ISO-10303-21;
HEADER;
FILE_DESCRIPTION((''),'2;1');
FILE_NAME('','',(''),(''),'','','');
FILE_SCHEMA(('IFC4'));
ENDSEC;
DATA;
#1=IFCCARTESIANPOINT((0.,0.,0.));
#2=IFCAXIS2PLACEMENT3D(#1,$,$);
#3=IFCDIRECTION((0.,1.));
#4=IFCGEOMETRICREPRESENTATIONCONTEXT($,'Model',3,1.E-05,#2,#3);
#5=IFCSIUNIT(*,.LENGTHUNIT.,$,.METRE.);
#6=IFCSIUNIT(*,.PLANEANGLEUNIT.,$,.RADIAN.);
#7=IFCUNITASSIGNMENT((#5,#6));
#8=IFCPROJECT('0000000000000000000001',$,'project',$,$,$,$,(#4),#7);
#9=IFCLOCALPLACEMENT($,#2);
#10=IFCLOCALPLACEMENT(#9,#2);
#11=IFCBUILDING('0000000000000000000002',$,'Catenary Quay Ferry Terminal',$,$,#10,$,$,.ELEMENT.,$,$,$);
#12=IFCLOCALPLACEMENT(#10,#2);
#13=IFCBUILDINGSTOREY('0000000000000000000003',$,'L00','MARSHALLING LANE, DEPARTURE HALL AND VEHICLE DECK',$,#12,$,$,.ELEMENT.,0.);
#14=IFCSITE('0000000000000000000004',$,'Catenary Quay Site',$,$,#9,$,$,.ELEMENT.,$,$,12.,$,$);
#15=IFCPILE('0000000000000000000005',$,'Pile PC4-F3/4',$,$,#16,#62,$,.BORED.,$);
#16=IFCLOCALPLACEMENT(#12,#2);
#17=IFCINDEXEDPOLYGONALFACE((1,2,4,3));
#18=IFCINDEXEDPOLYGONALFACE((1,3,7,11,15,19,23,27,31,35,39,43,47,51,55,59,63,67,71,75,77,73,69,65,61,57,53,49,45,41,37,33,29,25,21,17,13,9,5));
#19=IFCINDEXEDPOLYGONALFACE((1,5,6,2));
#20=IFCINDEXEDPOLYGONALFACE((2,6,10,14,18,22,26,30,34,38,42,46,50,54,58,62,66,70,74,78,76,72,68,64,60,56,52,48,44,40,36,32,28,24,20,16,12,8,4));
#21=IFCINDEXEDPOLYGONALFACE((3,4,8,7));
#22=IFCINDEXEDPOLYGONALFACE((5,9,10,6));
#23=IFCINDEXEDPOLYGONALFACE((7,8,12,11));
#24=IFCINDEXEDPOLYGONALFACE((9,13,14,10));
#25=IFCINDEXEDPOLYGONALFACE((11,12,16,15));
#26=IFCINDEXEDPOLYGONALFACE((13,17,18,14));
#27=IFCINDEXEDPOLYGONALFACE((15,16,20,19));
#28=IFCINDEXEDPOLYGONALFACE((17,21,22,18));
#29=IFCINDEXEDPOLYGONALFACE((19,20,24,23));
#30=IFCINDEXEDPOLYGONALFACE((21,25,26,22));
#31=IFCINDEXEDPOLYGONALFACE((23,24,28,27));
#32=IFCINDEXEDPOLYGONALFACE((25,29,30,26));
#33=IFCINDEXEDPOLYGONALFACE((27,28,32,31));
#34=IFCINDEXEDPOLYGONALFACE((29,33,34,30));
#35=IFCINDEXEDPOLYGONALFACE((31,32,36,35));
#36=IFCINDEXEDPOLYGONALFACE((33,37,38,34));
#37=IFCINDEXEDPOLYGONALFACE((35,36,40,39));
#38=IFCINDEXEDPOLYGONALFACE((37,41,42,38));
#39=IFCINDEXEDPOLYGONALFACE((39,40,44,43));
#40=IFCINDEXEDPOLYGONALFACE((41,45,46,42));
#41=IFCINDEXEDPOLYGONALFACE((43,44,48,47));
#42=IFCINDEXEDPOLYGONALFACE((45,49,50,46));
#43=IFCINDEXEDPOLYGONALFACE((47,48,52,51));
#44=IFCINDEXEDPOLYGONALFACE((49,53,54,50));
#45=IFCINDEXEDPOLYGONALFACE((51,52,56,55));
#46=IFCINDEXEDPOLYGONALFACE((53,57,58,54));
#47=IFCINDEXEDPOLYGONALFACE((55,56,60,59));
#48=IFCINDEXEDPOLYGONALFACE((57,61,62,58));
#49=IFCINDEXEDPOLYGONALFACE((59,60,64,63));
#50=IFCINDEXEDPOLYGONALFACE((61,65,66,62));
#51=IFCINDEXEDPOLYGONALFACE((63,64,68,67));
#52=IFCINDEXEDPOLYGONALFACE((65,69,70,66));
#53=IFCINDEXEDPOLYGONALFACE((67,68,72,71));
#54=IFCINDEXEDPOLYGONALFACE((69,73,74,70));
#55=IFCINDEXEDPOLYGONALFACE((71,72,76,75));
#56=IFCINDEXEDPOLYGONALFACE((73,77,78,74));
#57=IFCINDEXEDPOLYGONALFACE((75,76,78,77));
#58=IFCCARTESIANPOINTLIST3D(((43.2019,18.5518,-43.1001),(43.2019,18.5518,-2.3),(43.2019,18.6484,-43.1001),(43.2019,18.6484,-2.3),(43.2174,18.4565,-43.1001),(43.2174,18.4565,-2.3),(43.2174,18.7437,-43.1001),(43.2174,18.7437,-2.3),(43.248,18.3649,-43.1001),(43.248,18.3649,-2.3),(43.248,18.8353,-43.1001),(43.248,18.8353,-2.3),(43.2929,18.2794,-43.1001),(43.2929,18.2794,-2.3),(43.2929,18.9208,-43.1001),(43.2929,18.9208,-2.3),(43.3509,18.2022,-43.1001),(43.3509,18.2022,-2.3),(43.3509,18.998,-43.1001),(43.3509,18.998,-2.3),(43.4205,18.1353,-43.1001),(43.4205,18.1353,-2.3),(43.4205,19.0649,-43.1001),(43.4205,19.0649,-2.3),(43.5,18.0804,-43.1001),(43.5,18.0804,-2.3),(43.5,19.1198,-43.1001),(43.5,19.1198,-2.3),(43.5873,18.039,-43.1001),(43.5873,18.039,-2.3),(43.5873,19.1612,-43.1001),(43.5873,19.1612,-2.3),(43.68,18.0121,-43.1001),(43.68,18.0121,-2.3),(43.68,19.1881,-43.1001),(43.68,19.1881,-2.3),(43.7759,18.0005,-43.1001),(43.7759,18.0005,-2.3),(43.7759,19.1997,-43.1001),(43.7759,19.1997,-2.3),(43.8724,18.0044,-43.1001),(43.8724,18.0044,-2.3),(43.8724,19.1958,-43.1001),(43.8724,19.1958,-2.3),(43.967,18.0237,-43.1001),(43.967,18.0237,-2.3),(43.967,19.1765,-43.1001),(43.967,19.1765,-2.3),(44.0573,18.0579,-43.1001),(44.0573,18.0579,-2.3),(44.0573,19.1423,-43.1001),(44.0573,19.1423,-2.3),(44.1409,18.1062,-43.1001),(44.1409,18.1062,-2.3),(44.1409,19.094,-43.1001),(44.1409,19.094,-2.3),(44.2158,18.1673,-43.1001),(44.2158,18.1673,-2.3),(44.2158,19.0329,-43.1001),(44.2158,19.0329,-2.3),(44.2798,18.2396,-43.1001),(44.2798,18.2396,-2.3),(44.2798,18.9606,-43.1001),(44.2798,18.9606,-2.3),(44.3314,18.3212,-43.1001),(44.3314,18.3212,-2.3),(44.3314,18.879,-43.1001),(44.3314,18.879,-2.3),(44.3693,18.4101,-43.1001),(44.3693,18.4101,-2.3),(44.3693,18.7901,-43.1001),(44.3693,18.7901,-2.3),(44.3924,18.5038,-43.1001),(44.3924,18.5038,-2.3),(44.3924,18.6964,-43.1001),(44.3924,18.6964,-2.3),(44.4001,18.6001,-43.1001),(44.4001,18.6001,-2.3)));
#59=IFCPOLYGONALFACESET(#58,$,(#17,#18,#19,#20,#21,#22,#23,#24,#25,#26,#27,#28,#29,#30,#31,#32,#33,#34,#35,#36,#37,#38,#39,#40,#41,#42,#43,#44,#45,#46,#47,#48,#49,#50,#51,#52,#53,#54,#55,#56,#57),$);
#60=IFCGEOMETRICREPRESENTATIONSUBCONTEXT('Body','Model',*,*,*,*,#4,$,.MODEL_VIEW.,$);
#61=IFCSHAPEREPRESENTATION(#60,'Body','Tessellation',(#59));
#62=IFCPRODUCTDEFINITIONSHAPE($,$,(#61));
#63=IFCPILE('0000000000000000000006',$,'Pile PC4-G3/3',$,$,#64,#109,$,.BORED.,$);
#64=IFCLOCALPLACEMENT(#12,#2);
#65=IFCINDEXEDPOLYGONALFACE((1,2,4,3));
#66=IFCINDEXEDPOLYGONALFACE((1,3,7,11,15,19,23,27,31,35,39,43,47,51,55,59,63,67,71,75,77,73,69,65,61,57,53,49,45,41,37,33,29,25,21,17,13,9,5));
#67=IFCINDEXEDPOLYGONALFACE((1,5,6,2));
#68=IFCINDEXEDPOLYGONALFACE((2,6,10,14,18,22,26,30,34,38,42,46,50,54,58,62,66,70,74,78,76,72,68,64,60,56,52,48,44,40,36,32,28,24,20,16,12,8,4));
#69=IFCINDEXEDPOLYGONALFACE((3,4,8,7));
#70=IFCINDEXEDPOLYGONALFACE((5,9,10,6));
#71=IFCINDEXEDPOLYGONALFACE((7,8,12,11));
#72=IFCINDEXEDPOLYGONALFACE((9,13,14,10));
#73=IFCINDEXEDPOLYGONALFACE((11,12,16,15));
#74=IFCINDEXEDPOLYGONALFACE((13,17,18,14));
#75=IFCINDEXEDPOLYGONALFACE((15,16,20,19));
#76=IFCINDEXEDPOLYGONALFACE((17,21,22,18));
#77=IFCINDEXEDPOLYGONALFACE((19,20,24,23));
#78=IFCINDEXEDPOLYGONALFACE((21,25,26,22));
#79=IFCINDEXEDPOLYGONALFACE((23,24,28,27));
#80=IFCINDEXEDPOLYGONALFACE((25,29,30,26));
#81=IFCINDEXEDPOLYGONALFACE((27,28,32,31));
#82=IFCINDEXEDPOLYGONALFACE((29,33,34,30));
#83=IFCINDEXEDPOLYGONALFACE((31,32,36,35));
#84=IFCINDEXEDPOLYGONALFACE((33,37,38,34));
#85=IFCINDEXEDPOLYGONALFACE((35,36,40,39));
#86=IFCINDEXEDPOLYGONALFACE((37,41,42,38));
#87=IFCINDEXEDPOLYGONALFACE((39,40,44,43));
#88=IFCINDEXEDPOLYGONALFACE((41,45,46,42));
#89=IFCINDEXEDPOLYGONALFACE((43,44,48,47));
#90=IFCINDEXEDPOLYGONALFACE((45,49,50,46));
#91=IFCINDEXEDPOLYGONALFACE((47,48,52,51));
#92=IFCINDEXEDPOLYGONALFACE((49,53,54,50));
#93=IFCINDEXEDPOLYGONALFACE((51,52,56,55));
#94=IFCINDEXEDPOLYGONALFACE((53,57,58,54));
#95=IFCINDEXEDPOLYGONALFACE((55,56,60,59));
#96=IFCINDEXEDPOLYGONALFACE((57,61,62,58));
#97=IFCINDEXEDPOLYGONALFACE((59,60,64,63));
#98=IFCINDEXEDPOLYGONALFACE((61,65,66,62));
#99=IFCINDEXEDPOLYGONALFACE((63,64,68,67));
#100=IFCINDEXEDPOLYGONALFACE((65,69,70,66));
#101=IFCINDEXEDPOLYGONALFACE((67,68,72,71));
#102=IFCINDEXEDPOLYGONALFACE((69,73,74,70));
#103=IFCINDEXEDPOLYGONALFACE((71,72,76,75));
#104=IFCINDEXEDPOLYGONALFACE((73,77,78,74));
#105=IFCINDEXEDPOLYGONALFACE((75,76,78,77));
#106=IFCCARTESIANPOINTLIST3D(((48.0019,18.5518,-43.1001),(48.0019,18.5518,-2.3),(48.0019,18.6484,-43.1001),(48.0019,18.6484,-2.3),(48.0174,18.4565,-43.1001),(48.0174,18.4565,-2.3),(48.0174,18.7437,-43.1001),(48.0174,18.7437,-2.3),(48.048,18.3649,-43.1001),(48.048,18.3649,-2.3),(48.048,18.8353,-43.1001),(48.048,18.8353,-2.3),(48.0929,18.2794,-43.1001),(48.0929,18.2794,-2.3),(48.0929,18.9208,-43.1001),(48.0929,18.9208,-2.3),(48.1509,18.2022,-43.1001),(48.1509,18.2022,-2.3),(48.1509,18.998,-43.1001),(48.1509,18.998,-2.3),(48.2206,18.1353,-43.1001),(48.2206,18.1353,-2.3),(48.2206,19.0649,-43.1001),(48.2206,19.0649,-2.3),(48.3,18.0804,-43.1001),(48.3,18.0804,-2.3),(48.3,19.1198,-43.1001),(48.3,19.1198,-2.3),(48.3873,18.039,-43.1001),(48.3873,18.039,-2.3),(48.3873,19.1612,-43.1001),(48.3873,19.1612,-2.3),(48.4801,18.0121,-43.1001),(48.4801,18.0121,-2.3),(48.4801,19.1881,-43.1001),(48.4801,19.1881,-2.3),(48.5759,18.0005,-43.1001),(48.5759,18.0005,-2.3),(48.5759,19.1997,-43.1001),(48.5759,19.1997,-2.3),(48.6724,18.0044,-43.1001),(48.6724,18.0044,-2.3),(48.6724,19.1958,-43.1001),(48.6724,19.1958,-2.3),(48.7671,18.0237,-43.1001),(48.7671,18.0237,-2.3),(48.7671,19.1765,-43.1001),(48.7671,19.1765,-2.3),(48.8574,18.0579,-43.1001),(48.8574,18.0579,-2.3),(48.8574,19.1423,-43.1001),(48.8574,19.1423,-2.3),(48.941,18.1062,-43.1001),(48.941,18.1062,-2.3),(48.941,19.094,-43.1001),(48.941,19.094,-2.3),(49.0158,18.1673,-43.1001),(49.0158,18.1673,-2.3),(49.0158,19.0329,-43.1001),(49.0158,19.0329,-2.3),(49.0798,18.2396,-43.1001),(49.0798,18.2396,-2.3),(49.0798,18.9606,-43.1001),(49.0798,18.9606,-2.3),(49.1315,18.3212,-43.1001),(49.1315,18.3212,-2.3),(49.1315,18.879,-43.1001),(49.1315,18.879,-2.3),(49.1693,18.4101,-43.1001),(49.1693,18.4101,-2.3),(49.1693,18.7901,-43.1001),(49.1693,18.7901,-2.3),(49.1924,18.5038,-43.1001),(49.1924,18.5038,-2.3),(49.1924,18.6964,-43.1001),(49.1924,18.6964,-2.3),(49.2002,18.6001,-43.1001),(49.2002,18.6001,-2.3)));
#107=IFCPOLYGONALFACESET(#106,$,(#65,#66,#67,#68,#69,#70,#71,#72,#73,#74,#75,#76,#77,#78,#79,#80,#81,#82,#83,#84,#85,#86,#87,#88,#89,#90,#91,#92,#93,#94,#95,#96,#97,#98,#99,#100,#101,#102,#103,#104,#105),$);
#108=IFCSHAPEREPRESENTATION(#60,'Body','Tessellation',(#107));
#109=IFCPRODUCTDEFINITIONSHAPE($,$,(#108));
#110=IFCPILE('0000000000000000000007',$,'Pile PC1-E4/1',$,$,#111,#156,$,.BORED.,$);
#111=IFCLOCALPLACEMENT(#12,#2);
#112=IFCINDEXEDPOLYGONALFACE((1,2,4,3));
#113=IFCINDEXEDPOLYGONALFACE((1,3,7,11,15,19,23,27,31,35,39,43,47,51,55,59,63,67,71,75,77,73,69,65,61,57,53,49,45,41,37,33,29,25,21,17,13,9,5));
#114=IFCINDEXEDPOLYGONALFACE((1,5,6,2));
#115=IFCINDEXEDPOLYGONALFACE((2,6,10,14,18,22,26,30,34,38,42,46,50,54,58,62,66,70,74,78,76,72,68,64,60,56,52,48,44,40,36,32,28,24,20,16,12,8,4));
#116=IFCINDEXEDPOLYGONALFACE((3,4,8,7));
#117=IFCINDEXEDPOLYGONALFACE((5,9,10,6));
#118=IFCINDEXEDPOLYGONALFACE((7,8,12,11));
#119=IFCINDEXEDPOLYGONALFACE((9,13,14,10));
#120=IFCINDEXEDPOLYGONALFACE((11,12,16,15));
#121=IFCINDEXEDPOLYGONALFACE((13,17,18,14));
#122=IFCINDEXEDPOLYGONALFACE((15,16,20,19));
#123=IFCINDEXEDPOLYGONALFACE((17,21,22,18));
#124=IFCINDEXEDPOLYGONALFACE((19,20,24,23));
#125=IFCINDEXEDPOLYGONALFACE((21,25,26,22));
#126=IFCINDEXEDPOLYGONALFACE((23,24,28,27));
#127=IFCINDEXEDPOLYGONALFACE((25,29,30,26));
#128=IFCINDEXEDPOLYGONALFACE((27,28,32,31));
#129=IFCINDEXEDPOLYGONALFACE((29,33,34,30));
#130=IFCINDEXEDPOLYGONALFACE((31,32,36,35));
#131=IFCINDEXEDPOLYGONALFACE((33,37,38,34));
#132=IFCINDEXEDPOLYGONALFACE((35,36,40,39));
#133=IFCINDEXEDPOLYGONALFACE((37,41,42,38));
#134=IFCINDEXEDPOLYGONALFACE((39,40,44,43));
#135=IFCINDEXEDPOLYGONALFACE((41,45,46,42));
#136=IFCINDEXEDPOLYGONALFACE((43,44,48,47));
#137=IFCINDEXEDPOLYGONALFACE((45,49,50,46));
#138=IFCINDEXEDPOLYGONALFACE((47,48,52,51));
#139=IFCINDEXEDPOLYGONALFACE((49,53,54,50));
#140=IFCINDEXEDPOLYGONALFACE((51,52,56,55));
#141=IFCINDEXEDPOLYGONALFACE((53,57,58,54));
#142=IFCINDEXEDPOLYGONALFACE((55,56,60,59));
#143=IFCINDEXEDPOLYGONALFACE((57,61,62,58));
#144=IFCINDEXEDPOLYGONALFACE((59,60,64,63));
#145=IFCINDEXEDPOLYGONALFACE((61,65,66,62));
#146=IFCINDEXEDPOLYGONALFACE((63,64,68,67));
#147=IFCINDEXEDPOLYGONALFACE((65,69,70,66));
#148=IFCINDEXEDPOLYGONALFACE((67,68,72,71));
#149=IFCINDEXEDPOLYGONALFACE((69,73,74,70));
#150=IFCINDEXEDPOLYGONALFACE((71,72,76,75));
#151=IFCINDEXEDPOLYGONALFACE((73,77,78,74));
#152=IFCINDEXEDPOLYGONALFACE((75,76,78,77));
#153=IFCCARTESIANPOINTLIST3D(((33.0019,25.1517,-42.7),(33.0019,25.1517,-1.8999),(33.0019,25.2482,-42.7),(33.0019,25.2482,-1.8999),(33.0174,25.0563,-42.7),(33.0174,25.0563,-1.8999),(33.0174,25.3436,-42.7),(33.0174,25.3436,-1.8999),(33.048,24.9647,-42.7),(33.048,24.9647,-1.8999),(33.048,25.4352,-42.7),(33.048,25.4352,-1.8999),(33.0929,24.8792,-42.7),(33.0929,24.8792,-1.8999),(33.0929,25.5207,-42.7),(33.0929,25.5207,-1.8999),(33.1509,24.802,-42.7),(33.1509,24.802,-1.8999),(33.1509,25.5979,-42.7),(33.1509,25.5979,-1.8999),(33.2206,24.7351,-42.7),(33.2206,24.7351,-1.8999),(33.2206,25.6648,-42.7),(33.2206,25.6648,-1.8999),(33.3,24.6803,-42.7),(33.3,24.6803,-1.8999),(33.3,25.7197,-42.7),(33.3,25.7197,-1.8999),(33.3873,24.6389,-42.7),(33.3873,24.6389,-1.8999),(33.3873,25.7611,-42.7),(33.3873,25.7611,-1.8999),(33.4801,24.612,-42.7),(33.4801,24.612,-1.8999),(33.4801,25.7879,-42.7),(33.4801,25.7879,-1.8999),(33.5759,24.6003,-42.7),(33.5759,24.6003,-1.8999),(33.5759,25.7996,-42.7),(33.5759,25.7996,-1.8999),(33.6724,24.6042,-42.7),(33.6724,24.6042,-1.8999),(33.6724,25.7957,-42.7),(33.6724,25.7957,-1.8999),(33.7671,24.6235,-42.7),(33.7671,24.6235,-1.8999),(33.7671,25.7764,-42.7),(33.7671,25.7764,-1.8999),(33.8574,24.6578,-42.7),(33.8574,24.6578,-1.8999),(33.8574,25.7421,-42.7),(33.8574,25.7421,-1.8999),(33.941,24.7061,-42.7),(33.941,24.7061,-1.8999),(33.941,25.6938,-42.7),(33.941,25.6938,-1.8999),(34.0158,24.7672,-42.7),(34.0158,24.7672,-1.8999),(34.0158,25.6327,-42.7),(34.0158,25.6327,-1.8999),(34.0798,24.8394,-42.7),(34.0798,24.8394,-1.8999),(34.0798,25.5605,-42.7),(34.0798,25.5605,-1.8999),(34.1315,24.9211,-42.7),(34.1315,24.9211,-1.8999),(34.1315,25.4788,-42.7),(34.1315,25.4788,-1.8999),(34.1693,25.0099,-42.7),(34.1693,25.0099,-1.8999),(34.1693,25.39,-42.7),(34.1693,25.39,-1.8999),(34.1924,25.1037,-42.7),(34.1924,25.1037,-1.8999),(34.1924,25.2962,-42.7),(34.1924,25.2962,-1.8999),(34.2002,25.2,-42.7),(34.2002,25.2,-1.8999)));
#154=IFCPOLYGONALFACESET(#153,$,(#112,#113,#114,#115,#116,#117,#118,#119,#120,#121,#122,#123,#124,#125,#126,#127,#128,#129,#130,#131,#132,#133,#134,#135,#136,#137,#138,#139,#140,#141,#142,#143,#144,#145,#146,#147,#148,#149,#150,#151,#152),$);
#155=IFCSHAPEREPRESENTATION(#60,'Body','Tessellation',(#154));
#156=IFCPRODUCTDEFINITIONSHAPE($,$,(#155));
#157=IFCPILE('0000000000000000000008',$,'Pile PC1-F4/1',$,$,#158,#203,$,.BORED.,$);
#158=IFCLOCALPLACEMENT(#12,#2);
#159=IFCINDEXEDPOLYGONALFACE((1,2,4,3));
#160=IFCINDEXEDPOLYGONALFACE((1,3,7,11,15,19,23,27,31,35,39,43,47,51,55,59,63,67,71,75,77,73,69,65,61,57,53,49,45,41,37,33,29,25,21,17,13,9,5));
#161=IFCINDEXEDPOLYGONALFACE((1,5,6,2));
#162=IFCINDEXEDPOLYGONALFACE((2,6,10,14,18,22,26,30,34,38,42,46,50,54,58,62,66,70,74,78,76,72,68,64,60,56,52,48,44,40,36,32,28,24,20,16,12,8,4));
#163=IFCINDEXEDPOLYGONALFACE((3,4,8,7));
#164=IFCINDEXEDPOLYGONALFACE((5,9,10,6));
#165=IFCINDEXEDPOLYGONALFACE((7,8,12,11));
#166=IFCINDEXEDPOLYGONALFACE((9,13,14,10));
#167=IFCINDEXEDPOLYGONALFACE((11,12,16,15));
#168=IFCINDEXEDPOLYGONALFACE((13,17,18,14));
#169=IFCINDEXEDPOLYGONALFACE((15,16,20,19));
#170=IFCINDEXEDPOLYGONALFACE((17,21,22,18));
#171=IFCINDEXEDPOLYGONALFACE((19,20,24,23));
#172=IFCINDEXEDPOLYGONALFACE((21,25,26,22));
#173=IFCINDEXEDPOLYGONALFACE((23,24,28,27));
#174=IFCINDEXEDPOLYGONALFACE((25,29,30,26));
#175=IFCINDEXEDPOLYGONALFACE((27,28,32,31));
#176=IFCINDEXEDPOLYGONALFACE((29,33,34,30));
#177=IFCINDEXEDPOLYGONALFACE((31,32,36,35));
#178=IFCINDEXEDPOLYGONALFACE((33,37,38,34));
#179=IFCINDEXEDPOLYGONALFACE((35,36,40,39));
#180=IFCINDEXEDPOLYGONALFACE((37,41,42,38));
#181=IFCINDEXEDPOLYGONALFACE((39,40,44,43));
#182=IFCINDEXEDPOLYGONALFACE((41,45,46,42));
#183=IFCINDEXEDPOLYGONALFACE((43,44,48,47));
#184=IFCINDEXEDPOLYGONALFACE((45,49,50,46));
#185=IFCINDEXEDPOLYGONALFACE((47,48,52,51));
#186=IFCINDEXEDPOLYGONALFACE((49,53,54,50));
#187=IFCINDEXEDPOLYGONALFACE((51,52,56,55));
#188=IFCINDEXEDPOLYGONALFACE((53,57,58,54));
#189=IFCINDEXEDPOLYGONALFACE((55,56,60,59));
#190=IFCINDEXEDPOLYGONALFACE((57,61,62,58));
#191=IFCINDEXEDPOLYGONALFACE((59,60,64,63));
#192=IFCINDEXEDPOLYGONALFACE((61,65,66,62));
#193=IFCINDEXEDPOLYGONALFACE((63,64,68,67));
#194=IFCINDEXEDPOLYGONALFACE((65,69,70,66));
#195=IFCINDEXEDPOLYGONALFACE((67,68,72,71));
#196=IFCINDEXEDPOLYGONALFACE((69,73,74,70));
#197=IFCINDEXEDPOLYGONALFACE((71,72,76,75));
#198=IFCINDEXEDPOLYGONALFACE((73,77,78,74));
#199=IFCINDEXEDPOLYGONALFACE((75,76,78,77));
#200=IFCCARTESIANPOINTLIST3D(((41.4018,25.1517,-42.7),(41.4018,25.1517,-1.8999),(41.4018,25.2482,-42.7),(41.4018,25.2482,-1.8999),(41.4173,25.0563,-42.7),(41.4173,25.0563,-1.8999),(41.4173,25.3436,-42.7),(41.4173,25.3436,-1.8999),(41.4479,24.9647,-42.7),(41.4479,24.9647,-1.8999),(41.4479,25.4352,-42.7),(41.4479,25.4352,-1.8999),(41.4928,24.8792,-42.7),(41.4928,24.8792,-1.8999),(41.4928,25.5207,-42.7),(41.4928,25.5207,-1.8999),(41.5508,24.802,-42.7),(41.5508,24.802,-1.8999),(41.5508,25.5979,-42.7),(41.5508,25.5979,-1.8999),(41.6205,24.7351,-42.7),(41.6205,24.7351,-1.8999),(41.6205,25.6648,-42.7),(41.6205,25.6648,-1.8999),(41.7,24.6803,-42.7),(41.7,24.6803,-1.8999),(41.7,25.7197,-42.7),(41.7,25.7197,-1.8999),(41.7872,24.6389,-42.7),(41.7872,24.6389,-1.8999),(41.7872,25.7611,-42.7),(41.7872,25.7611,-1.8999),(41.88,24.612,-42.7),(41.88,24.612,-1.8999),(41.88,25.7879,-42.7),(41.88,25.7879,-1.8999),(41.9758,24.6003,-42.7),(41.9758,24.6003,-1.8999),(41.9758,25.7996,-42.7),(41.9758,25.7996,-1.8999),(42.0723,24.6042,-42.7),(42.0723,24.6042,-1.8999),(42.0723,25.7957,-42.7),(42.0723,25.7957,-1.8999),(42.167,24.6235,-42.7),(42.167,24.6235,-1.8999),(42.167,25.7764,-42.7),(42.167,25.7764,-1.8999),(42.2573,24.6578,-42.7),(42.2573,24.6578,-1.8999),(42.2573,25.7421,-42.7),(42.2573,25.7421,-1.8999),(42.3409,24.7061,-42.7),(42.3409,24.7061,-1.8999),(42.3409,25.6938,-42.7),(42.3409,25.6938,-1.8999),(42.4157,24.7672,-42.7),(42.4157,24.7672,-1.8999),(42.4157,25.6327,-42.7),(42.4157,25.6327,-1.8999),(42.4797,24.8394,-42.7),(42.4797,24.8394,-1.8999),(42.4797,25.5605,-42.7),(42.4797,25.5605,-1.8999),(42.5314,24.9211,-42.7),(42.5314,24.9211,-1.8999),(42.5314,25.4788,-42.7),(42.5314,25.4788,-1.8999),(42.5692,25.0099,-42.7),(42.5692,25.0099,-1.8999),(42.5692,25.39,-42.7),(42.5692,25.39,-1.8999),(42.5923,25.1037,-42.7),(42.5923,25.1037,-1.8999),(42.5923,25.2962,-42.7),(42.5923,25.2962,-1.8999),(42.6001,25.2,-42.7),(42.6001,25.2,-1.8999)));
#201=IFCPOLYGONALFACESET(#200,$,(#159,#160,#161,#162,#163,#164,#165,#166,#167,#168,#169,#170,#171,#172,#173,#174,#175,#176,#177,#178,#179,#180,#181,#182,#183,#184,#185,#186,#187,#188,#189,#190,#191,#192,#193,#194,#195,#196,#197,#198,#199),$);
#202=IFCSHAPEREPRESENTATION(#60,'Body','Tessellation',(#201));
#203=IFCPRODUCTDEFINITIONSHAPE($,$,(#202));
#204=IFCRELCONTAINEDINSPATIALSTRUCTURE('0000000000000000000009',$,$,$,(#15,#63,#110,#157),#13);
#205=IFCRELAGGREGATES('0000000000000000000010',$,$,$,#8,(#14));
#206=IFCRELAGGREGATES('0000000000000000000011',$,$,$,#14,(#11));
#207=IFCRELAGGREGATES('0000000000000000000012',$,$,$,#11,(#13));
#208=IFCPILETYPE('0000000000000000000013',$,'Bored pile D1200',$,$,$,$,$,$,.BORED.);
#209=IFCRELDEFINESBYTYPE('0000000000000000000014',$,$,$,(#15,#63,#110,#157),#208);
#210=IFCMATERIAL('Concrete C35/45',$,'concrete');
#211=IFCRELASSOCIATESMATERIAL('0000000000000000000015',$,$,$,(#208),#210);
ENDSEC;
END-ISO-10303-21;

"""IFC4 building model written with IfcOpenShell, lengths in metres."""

from ifc_helpers import new_model, si_unit, direction, frame, origin, origin_2d, place, context, subcontext, project, spatial, circle, extrude, material, material_profile, profile_set, type_object, element, save


model = new_model("IFC4")

# Units and contexts
model_context = context("Model", 3, precision=1e-05, world=origin(), true_north=direction((0.0, 1.0)))
body_context = subcontext(model_context, "Body", "Model", "MODEL_VIEW")
ifc_project = project(units=[si_unit("LENGTHUNIT", "METRE"), si_unit("PLANEANGLEUNIT", "RADIAN")], contexts=[model_context])

# Site, building, storey
site_placement = place(None, origin())
site = spatial("IfcSite", under=ifc_project, at=site_placement, Name="Catenary Quay Site", CompositionType="ELEMENT", RefElevation=12.0)
building_placement = place(site_placement, origin())
building = spatial("IfcBuilding", under=site, at=building_placement, Name="Catenary Quay Ferry Terminal", CompositionType="ELEMENT")
storey_placement = place(building_placement, origin())
storey = spatial("IfcBuildingStorey", under=building, at=storey_placement, Name="L00", Description="MARSHALLING LANE, DEPARTURE HALL AND VEHICLE DECK", CompositionType="ELEMENT", Elevation=0.0)

# Piles
ifc_material_1 = material(Name="Concrete C35/45", Category="concrete")
ifc_material_profile_1 = material_profile(ifc_material_1, circle(Radius=0.6001, at=origin_2d()), Name="D1200")
ifc_profile_set_1 = profile_set([ifc_material_profile_1], Name="Concrete C35/45")
pile_type = type_object("IfcPileType", Name="Bored pile D1200", PredefinedType="BORED", material=ifc_profile_set_1)
for number, where, z_axis, x_axis, name in (
    (1, (43.8, 18.6001, -2.3), (0.0, 0.0, -1.0), (1.0, 0.0, 0.0), "Pile PC4-F3/4"),
    (2, (48.6001, 18.6001, -2.3), (0.0, 0.0, -1.0), (1.0, 0.0, 0.0), "Pile PC4-G3/3"),
    (3, (33.6001, 25.2, -1.8999), (0.0, 0.0, -1.0), (1.0, 0.0, 0.0), "Pile PC1-E4/1"),
    (4, (42.0, 25.2, -1.8999), (0.0, 0.0, -1.0), (1.0, 0.0, 0.0), "Pile PC1-F4/1"),
):
    element("IfcPile", number, at=place(storey_placement, frame(where, z_axis=z_axis, x_axis=x_axis)), inside=storey, type_object=pile_type, Name=name, PredefinedType="BORED", context=body_context, shape_type="SweptSolid", body=[
        extrude(circle(Radius=0.6001, at=origin_2d()), origin(), (0.0, 0.0, 1.0), 40.8),
    ])

save(model, "model.ifc")
